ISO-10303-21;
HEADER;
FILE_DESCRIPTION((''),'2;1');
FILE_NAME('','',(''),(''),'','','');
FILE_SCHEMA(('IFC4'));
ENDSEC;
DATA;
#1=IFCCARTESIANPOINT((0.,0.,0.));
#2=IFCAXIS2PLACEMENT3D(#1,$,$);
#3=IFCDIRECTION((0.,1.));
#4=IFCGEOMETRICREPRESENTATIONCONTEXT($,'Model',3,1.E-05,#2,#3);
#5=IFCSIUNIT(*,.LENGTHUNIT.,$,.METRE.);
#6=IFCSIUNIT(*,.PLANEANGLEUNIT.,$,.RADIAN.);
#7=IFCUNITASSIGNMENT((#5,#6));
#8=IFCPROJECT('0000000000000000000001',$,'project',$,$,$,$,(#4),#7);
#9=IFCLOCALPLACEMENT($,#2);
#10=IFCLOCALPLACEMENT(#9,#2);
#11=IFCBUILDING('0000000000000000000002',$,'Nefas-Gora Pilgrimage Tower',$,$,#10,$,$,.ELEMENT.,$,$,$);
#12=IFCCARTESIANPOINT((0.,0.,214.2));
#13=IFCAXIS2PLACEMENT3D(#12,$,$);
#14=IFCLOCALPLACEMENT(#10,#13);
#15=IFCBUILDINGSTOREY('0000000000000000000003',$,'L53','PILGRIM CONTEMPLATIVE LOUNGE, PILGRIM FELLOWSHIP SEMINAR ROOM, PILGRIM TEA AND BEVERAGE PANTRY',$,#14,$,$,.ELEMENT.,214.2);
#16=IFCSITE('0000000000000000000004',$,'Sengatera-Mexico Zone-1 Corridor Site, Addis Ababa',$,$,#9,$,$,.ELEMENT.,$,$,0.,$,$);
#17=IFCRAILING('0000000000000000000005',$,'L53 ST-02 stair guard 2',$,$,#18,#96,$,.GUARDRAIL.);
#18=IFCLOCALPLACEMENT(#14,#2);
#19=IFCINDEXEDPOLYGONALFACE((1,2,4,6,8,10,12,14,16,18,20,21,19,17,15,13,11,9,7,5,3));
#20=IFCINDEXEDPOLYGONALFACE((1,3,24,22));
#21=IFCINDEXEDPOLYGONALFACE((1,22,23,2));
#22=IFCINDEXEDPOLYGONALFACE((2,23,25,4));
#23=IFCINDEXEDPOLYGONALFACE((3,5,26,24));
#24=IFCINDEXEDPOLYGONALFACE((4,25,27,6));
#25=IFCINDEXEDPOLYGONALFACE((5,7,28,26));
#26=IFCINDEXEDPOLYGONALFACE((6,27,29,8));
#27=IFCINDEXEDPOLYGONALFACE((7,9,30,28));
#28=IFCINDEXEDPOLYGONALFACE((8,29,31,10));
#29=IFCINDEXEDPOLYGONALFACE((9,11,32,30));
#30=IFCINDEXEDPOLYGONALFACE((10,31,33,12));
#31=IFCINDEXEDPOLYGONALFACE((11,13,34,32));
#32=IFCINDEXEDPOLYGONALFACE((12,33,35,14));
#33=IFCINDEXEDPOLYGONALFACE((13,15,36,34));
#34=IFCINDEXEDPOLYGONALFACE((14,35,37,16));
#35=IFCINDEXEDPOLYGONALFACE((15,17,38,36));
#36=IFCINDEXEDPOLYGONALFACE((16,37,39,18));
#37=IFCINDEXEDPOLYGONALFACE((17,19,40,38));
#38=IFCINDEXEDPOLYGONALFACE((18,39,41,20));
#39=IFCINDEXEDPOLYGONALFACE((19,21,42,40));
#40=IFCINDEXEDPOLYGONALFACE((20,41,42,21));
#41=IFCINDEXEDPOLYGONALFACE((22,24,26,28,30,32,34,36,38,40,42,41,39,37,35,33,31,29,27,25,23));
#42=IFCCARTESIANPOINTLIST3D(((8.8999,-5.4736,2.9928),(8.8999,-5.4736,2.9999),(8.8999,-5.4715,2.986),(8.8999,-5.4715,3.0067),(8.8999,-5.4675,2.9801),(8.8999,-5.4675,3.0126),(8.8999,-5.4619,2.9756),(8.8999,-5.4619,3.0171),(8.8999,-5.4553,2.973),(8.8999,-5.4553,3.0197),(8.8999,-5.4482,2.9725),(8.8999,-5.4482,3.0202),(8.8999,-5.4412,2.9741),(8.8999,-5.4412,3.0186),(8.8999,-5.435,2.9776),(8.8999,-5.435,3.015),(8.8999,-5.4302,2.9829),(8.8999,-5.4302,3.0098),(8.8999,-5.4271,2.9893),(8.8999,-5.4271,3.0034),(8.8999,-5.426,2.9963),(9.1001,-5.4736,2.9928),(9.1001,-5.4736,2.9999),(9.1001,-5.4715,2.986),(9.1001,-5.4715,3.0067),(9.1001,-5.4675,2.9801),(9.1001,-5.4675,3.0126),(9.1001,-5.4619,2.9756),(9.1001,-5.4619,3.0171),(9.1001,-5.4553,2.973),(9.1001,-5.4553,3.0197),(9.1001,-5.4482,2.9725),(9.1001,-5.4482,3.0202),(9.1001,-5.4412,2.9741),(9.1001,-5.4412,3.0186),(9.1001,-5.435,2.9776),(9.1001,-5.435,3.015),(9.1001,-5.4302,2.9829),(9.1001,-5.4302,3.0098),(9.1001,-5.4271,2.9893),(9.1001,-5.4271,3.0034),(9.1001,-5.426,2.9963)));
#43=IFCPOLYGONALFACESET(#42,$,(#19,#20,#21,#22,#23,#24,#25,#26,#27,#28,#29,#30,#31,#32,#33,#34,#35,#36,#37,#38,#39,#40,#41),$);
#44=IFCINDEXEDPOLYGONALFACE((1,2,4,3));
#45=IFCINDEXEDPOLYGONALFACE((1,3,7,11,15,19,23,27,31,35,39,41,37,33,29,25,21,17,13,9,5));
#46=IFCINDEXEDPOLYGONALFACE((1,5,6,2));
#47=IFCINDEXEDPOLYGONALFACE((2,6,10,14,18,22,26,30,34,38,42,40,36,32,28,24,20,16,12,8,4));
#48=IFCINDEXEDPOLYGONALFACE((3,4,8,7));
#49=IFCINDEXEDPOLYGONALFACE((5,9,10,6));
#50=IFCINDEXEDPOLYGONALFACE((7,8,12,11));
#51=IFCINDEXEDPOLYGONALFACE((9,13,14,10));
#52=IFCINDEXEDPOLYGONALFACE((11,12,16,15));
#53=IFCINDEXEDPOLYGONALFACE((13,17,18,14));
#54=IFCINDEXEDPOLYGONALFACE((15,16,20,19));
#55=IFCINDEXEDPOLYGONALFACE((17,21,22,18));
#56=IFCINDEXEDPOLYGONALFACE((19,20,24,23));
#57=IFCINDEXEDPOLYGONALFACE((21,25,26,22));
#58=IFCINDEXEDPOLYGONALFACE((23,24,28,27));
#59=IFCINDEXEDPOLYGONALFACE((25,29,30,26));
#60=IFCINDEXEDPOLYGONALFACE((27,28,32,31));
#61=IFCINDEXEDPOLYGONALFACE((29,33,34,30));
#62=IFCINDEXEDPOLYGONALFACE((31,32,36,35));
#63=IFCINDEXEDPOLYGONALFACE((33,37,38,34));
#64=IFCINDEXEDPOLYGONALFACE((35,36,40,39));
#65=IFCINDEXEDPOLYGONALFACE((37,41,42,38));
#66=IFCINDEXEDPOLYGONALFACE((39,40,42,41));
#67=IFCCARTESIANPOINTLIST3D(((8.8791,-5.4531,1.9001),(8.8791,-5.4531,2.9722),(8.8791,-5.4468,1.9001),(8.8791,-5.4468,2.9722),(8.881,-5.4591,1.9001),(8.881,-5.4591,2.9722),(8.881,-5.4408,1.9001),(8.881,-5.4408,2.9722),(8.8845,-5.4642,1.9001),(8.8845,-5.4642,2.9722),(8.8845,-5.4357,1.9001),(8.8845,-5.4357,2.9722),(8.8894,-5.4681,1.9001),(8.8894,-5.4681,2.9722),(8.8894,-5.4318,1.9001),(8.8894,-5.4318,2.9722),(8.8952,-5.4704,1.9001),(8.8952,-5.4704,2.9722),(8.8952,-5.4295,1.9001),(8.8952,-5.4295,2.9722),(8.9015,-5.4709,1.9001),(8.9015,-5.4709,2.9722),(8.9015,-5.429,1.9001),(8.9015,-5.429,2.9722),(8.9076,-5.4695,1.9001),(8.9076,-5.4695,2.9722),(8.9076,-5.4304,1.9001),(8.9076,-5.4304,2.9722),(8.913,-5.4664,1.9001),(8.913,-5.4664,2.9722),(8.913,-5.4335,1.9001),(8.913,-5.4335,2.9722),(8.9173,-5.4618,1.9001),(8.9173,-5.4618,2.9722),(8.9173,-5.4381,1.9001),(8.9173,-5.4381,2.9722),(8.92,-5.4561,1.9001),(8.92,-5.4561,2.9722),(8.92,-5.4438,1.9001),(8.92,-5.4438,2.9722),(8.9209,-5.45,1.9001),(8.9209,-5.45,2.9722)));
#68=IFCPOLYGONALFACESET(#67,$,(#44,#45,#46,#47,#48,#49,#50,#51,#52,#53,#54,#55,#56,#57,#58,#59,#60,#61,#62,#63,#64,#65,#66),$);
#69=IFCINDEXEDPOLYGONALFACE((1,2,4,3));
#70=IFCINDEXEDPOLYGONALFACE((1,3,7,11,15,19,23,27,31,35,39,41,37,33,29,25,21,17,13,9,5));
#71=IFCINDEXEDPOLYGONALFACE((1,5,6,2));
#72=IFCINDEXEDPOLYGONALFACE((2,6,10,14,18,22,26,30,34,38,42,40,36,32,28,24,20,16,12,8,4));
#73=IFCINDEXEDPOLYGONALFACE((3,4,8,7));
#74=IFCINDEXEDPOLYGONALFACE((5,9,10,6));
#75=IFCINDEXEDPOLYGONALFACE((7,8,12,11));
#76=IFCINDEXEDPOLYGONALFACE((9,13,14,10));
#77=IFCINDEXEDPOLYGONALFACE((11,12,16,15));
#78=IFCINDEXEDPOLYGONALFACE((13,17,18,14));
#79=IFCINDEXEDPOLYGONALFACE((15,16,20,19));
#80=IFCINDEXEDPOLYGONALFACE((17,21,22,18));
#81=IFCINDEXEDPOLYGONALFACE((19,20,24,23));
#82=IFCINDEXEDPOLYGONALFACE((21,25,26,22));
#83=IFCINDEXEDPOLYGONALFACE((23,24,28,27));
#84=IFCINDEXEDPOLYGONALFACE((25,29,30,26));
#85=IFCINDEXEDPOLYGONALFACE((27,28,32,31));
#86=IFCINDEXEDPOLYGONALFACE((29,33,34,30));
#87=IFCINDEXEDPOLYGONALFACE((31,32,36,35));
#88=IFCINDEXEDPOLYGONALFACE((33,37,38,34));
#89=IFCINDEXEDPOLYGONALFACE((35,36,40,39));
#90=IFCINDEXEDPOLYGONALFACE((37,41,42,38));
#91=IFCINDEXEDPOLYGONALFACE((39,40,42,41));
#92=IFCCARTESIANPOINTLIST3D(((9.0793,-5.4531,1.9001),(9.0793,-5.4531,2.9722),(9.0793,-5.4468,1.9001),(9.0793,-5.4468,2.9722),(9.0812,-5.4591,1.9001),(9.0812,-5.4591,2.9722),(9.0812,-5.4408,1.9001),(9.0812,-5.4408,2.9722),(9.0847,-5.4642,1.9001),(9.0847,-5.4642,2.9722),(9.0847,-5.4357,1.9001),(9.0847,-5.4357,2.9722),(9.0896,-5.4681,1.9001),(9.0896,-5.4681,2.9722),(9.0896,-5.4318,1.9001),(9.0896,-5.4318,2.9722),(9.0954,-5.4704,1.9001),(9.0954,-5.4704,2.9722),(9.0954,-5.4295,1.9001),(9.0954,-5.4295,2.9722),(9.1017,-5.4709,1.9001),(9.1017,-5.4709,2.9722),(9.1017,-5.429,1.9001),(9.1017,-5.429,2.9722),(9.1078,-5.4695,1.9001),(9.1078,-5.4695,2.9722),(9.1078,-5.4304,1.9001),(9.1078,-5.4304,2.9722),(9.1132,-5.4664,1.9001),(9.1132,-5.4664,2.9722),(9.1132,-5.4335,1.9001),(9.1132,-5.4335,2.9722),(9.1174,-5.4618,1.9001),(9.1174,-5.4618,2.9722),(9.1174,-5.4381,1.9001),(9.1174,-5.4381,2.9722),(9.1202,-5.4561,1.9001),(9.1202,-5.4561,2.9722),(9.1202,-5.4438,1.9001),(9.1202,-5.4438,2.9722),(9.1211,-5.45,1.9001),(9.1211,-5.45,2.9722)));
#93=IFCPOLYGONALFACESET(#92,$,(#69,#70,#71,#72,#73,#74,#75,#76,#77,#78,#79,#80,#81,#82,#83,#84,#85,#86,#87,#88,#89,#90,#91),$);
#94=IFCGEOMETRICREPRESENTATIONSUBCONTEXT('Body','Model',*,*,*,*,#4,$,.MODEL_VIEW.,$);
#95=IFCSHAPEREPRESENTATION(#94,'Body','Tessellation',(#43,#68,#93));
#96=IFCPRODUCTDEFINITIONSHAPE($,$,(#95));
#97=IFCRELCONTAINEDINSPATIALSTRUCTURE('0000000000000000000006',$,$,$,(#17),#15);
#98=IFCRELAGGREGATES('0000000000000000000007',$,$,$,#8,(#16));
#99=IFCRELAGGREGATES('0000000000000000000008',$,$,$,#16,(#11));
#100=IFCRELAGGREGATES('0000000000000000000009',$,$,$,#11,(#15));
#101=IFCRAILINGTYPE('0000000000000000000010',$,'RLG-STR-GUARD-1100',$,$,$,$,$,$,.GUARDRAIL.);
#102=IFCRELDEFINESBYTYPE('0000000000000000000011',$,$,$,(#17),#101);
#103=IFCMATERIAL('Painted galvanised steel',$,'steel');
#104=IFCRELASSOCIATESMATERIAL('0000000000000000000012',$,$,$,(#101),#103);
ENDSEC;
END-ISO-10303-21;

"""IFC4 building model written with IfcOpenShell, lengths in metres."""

from ifc_helpers import new_model, si_unit, direction, frame, origin, origin_2d, place, context, subcontext, project, spatial, circle, extrude, material, type_object, element, save


model = new_model("IFC4")

# Units and contexts
model_context = context("Model", 3, precision=1e-05, world=origin(), true_north=direction((0.0, 1.0)))
body_context = subcontext(model_context, "Body", "Model", "MODEL_VIEW")
ifc_project = project(units=[si_unit("LENGTHUNIT", "METRE"), si_unit("PLANEANGLEUNIT", "RADIAN")], contexts=[model_context])

# Site, building, storey
site_placement = place(None, origin())
site = spatial("IfcSite", under=ifc_project, at=site_placement, Name="Sengatera-Mexico Zone-1 Corridor Site, Addis Ababa", CompositionType="ELEMENT", RefElevation=0.0)
building_placement = place(site_placement, origin())
building = spatial("IfcBuilding", under=site, at=building_placement, Name="Nefas-Gora Pilgrimage Tower", CompositionType="ELEMENT")
storey_placement = place(building_placement, frame((0.0, 0.0, 214.2)))
storey = spatial("IfcBuildingStorey", under=building, at=storey_placement, Name="L53", Description="PILGRIM CONTEMPLATIVE LOUNGE, PILGRIM FELLOWSHIP SEMINAR ROOM, PILGRIM TEA AND BEVERAGE PANTRY", CompositionType="ELEMENT", Elevation=214.2)

# Railing
ifc_material_1 = material(Name="Painted galvanised steel", Category="steel")
railing_type_1 = type_object("IfcRailingType", Name="RLG-STR-GUARD-1100", PredefinedType="GUARDRAIL", material=ifc_material_1)
railing_1_placement = place(storey_placement, frame((8.8999, -5.45, 1.9001)))
element("IfcRailing", 1, at=railing_1_placement, inside=storey, type_object=railing_type_1, Name="L53 ST-02 stair guard 2", PredefinedType="GUARDRAIL", context=body_context, shape_type="SweptSolid", body=[
    extrude(circle(Radius=0.0239, at=origin_2d()), frame((0.0, 0.0, 1.0962), z_axis=(1.0, 0.0, 0.0), x_axis=(0.0, 1.0, 0.0)), (0.0, 0.0, 1.0), 0.2002),
    extrude(circle(Radius=0.021, at=origin_2d()), origin(), (0.0, 0.0, 1.0), 1.072),
    extrude(circle(Radius=0.021, at=origin_2d()), frame((0.2002, 0.0, 0.0)), (0.0, 0.0, 1.0), 1.072),
])

save(model, "model.ifc")
